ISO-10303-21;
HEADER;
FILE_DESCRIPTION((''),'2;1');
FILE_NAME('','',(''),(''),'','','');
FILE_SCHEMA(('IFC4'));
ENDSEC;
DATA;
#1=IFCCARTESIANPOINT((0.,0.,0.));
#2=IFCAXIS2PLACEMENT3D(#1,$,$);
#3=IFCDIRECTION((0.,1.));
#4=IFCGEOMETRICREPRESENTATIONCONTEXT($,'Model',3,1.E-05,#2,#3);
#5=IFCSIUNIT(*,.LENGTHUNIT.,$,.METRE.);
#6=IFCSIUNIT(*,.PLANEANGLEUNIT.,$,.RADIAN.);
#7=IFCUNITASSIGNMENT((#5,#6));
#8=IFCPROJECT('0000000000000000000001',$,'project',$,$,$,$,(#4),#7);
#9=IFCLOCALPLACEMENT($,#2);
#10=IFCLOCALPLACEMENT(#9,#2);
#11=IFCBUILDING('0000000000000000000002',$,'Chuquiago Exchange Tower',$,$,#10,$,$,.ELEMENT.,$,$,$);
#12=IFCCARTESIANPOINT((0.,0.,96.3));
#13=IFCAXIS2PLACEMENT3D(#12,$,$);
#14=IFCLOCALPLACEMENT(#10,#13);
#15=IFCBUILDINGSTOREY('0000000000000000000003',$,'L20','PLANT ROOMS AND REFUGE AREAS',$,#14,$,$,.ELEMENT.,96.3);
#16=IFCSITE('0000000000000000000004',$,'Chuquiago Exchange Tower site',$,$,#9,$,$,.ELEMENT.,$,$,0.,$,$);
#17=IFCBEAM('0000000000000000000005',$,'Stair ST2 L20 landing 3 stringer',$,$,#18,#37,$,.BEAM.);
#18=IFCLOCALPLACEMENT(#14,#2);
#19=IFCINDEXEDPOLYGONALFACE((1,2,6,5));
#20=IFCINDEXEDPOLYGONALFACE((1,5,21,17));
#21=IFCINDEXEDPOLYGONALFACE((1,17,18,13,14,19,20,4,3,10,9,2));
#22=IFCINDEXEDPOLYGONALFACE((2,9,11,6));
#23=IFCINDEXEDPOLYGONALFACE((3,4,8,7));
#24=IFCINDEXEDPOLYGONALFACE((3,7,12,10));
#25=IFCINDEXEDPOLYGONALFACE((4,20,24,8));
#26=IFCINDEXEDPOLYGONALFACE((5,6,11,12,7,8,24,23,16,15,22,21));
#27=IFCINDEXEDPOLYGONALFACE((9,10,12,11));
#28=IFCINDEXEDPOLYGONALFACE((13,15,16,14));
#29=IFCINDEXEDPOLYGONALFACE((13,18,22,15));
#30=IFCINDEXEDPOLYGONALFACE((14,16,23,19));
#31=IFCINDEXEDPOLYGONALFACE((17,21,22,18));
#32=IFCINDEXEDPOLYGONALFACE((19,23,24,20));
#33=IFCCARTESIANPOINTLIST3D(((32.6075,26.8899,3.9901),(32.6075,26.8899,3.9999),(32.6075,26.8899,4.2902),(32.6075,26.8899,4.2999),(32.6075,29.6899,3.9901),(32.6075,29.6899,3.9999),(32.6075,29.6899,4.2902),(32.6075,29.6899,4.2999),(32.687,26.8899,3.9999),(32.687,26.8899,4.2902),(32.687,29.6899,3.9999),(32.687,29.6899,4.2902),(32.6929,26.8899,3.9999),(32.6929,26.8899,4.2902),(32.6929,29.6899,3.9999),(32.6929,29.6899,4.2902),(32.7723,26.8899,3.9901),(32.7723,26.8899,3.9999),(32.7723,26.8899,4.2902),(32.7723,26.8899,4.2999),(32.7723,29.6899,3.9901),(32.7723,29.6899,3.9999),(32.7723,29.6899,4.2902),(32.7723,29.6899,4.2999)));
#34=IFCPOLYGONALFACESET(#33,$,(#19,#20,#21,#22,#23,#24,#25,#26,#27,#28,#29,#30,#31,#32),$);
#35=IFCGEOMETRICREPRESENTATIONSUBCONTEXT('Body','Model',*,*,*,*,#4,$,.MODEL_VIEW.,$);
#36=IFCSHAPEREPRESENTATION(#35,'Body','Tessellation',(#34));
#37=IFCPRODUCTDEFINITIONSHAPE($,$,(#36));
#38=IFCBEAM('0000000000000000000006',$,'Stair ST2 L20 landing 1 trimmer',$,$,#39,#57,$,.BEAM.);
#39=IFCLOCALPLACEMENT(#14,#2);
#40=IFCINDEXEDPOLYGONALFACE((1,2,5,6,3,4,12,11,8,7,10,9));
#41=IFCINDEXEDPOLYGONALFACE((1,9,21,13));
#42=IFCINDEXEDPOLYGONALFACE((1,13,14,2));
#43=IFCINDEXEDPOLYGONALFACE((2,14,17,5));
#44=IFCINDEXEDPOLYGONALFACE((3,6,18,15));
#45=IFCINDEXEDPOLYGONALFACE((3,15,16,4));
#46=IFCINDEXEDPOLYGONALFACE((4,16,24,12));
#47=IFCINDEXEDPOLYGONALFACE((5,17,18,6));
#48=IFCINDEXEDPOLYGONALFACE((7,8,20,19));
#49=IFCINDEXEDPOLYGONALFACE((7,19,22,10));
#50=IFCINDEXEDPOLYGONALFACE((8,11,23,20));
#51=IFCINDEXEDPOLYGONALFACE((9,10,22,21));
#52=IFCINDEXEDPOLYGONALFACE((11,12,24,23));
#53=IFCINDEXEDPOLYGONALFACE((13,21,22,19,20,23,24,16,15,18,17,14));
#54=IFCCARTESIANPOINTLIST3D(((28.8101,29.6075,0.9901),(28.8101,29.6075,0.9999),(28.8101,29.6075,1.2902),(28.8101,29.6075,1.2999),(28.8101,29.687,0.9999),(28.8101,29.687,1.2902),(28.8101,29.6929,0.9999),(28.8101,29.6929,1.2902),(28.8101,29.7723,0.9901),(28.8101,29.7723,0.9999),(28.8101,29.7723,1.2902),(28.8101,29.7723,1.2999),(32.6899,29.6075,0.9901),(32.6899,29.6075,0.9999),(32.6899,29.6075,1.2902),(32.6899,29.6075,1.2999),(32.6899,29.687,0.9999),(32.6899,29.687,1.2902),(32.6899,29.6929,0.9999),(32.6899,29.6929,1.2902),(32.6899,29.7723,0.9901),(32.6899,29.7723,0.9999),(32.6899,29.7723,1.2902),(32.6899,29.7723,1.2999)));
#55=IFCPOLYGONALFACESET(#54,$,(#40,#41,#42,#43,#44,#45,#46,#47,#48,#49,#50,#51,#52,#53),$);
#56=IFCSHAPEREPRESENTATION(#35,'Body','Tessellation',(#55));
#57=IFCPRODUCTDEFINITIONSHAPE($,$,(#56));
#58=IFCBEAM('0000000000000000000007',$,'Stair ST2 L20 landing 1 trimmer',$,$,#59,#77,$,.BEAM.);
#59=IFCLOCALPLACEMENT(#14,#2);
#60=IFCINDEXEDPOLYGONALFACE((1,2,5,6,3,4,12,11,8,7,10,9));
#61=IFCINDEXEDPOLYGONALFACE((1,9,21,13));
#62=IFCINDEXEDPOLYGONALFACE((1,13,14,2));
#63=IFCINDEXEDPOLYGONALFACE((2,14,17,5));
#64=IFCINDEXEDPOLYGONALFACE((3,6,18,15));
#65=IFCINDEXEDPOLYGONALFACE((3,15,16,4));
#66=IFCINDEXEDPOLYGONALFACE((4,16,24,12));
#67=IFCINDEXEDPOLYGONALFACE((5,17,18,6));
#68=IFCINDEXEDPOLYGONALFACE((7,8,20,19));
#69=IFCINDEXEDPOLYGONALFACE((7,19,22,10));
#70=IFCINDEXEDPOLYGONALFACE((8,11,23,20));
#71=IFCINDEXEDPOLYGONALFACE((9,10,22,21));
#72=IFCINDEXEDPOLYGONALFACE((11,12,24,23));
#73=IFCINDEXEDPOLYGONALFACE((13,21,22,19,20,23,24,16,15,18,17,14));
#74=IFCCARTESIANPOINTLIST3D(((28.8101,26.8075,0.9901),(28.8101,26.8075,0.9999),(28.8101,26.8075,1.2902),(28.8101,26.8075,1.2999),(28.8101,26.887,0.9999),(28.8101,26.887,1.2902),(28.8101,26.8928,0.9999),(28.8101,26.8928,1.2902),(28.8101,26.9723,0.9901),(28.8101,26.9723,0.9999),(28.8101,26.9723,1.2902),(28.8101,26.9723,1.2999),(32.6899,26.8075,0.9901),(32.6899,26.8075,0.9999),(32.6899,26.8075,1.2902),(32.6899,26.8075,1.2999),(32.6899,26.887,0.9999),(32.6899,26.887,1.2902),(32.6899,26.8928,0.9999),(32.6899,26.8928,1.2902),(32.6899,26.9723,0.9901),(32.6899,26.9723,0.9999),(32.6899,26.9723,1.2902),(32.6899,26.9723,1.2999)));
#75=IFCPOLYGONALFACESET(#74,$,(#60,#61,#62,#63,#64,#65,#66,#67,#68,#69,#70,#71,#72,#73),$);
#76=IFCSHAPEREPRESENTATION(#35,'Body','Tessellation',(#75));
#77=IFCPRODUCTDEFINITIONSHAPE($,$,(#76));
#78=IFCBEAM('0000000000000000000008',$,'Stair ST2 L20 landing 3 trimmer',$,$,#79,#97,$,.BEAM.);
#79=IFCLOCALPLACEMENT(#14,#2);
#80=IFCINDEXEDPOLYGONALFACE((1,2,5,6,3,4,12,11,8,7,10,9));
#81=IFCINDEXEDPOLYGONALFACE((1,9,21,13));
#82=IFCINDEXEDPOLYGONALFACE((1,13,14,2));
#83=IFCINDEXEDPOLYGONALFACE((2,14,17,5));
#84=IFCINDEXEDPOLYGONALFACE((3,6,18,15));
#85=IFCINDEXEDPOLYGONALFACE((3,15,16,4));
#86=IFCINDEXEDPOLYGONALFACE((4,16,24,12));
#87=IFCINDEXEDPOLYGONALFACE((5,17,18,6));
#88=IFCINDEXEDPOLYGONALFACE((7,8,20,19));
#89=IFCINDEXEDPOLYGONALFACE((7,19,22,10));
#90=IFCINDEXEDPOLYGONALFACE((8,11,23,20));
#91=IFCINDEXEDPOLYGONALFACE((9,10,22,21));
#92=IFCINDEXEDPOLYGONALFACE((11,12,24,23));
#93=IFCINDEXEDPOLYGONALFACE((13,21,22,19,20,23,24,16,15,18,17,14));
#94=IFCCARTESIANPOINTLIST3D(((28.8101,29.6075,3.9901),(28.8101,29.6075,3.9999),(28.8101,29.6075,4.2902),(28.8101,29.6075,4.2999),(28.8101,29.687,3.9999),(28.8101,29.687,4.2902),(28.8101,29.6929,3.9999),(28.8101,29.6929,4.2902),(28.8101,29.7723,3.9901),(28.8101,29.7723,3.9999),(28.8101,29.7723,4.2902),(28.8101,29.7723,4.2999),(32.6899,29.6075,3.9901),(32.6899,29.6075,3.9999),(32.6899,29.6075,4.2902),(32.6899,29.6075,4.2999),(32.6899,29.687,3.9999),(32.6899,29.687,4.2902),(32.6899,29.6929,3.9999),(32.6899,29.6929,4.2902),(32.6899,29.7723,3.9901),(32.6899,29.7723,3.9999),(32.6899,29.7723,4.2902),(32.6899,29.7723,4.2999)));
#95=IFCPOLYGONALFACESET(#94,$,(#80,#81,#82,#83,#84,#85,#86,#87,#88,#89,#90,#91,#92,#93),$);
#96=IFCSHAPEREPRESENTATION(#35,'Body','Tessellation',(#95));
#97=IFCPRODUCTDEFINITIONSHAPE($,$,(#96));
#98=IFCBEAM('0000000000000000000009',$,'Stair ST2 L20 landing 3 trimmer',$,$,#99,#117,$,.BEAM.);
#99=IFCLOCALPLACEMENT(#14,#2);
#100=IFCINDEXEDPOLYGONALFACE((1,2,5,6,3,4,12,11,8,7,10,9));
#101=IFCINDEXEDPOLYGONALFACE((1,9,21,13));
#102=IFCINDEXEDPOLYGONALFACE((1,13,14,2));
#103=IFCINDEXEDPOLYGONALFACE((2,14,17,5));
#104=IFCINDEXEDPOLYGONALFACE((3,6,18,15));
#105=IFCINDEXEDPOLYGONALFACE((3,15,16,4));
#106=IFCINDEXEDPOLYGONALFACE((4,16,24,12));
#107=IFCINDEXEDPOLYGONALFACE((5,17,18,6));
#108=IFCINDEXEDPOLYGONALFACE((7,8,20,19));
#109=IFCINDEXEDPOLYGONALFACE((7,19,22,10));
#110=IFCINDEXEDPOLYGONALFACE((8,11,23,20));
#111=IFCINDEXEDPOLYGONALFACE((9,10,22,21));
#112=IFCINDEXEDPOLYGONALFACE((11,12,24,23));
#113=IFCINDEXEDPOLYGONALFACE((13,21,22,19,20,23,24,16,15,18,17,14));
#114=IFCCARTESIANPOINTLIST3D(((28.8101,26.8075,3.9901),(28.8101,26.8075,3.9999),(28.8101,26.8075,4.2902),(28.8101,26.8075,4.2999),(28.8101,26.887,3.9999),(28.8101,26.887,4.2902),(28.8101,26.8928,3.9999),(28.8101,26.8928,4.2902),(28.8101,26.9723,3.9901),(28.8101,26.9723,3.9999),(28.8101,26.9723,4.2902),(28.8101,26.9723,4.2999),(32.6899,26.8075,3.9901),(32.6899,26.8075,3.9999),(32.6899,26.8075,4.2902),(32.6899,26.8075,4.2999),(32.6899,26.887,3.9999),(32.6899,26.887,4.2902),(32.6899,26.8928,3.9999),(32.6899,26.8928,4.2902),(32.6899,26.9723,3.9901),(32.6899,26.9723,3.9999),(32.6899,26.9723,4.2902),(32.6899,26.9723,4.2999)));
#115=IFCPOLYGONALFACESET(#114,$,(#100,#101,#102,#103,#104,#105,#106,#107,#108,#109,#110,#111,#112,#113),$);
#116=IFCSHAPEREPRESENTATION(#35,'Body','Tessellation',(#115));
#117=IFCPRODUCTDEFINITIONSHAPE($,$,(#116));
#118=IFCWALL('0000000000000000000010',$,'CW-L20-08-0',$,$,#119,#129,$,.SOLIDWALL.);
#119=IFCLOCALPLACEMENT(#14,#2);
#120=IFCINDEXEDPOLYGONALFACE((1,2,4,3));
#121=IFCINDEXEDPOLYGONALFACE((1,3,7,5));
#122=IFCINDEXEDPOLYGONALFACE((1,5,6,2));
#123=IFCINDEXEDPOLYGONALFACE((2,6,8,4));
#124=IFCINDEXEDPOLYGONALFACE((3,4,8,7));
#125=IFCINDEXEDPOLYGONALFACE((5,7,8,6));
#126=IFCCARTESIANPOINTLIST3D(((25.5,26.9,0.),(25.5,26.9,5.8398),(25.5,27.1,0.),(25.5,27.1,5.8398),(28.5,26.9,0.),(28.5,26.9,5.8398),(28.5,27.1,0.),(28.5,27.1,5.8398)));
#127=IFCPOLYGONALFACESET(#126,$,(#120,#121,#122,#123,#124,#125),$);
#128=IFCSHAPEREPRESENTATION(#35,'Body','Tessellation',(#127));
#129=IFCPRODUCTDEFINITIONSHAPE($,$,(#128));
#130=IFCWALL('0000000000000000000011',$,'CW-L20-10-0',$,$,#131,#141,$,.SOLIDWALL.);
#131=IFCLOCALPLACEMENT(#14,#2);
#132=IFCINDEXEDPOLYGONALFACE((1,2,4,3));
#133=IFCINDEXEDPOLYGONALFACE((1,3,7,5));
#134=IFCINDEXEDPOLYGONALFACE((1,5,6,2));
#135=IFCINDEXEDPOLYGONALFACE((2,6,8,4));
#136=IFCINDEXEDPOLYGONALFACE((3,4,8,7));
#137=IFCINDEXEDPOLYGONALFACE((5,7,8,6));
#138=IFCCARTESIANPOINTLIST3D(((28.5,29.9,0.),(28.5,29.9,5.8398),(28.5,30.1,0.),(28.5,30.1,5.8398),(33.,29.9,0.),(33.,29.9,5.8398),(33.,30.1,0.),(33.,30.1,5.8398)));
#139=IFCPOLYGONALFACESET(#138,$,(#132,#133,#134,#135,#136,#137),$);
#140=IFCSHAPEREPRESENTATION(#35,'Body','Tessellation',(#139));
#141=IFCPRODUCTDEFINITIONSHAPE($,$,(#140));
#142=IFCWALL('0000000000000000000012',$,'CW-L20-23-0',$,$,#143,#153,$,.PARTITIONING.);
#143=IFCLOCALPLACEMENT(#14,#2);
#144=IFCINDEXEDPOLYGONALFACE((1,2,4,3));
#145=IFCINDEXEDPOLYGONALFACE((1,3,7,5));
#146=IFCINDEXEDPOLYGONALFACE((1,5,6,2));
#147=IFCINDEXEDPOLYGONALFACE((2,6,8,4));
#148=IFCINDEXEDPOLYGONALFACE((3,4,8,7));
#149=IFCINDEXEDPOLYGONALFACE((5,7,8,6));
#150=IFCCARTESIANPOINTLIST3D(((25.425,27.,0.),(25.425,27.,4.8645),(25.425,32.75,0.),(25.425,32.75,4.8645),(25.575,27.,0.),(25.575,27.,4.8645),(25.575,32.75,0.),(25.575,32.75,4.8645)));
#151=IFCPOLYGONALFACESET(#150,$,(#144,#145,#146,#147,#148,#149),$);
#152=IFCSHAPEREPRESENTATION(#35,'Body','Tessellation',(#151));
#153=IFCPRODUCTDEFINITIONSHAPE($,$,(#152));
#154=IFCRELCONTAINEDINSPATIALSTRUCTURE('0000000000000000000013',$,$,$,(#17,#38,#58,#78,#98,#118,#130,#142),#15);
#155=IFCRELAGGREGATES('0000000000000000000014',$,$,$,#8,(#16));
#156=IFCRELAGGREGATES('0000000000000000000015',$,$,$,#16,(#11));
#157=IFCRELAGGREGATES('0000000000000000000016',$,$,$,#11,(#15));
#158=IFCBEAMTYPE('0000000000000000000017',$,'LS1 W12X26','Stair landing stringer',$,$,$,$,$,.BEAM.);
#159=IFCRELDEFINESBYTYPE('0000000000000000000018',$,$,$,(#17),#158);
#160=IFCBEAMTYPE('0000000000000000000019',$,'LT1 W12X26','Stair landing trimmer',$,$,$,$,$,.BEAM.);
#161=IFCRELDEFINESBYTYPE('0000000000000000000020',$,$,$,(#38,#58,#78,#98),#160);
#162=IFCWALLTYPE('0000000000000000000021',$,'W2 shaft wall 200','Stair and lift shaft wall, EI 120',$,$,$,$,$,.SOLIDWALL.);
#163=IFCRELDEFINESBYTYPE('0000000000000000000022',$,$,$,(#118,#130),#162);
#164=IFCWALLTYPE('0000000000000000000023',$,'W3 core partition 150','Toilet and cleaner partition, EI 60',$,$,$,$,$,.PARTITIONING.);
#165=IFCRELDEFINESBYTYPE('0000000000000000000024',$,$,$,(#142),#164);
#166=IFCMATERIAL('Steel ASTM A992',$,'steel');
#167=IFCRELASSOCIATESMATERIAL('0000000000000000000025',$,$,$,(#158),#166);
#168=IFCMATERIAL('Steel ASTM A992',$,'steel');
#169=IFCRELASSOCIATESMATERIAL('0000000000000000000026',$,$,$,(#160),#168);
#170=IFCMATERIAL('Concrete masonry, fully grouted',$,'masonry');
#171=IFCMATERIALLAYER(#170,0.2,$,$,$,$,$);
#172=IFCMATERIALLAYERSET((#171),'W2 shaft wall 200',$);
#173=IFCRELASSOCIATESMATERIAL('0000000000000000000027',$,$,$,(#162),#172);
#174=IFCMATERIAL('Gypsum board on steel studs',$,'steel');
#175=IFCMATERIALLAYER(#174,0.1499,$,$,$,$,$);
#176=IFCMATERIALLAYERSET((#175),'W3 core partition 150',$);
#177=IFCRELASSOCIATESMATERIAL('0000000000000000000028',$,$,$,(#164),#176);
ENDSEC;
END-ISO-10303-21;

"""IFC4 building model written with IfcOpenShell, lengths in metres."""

from ifc_helpers import new_model, si_unit, direction, frame, frame_2d, origin, origin_2d, place, context, subcontext, project, spatial, rectangle, i_section, extrude, material, layer, layer_set, material_profile, profile_set, type_object, element, save


model = new_model("IFC4")

# Units and contexts
model_context = context("Model", 3, precision=1e-05, world=origin(), true_north=direction((0.0, 1.0)))
body_context = subcontext(model_context, "Body", "Model", "MODEL_VIEW")
ifc_project = project(units=[si_unit("LENGTHUNIT", "METRE"), si_unit("PLANEANGLEUNIT", "RADIAN")], contexts=[model_context])

# Site, building, storey
site_placement = place(None, origin())
site = spatial("IfcSite", under=ifc_project, at=site_placement, Name="Chuquiago Exchange Tower site", CompositionType="ELEMENT", RefElevation=0.0)
building_placement = place(site_placement, origin())
building = spatial("IfcBuilding", under=site, at=building_placement, Name="Chuquiago Exchange Tower", CompositionType="ELEMENT")
storey_placement = place(building_placement, frame((0.0, 0.0, 96.3)))
storey = spatial("IfcBuildingStorey", under=building, at=storey_placement, Name="L20", Description="PLANT ROOMS AND REFUGE AREAS", CompositionType="ELEMENT", Elevation=96.3)

# Beams
ifc_material_1 = material(Name="Steel ASTM A992", Category="steel")
ifc_material_profile_1 = material_profile(ifc_material_1, i_section(OverallWidth=0.1648, OverallDepth=0.3098, WebThickness=0.0059, FlangeThickness=0.0098, at=origin_2d()), Name="W12X26")
ifc_profile_set_1 = profile_set([ifc_material_profile_1], Name="Steel ASTM A992")
beam_type_1 = type_object("IfcBeamType", Name="LS1 W12X26", Description="Stair landing stringer", PredefinedType="BEAM", material=ifc_profile_set_1)
for number, where, z_axis, x_axis, name in (
    (1, (32.6899, 26.8899, 4.145), (0.0, 1.0, 0.0), (-1.0, 0.0, 0.0), "Stair ST2 L20 landing 3 stringer"),
):
    element("IfcBeam", number, at=place(storey_placement, frame(where, z_axis=z_axis, x_axis=x_axis)), inside=storey, type_object=beam_type_1, Name=name, PredefinedType="BEAM", context=body_context, shape_type="SweptSolid", body=[
        extrude(i_section(OverallWidth=0.1648, OverallDepth=0.3098, WebThickness=0.0059, FlangeThickness=0.0098, at=origin_2d()), origin(), (0.0, 0.0, 1.0), 2.8),
    ])
ifc_material_2 = material(Name="Steel ASTM A992", Category="steel")
ifc_material_profile_2 = material_profile(ifc_material_2, i_section(OverallWidth=0.1648, OverallDepth=0.3098, WebThickness=0.0059, FlangeThickness=0.0098, at=origin_2d()), Name="W12X26")
ifc_profile_set_2 = profile_set([ifc_material_profile_2], Name="Steel ASTM A992")
beam_type_2 = type_object("IfcBeamType", Name="LT1 W12X26", Description="Stair landing trimmer", PredefinedType="BEAM", material=ifc_profile_set_2)
for number, where, z_axis, x_axis, name in (
    (2, (28.8101, 29.6899, 1.145), (1.0, 0.0, 0.0), (0.0, 1.0, 0.0), "Stair ST2 L20 landing 1 trimmer"),
    (3, (28.8101, 26.8899, 1.145), (1.0, 0.0, 0.0), (0.0, 1.0, 0.0), "Stair ST2 L20 landing 1 trimmer"),
    (4, (28.8101, 29.6899, 4.145), (1.0, 0.0, 0.0), (0.0, 1.0, 0.0), "Stair ST2 L20 landing 3 trimmer"),
    (5, (28.8101, 26.8899, 4.145), (1.0, 0.0, 0.0), (0.0, 1.0, 0.0), "Stair ST2 L20 landing 3 trimmer"),
):
    element("IfcBeam", number, at=place(storey_placement, frame(where, z_axis=z_axis, x_axis=x_axis)), inside=storey, type_object=beam_type_2, Name=name, PredefinedType="BEAM", context=body_context, shape_type="SweptSolid", body=[
        extrude(i_section(OverallWidth=0.1648, OverallDepth=0.3098, WebThickness=0.0059, FlangeThickness=0.0098, at=origin_2d()), origin(), (0.0, 0.0, 1.0), 3.8799),
    ])

# Walls
ifc_material_3 = material(Name="Concrete masonry, fully grouted", Category="masonry")
ifc_layer_1 = layer(ifc_material_3, 0.2)
ifc_layer_set_1 = layer_set([ifc_layer_1], Name="W2 shaft wall 200")
wall_type_1 = type_object("IfcWallType", Name="W2 shaft wall 200", Description="Stair and lift shaft wall, EI 120", PredefinedType="SOLIDWALL", material=ifc_layer_set_1)
wall_1_placement = place(storey_placement, frame((25.5, 27.0, 0.0), z_axis=(0.0, 0.0, 1.0), x_axis=(1.0, 0.0, 0.0)))
element("IfcWall", 6, at=wall_1_placement, inside=storey, type_object=wall_type_1, Name="CW-L20-08-0", PredefinedType="SOLIDWALL", context=body_context, shape_type="SweptSolid", body=[
    extrude(rectangle(XDim=3.0, YDim=0.2, at=frame_2d((1.5, 0.0))), origin(), (0.0, 0.0, 1.0), 5.8398),
])
wall_2_placement = place(storey_placement, frame((28.5, 30.0, 0.0), z_axis=(0.0, 0.0, 1.0), x_axis=(1.0, 0.0, 0.0)))
element("IfcWall", 7, at=wall_2_placement, inside=storey, type_object=wall_type_1, Name="CW-L20-10-0", PredefinedType="SOLIDWALL", context=body_context, shape_type="SweptSolid", body=[
    extrude(rectangle(XDim=4.5, YDim=0.2, at=frame_2d((2.25, 0.0))), origin(), (0.0, 0.0, 1.0), 5.8398),
])
ifc_material_4 = material(Name="Gypsum board on steel studs", Category="steel")
ifc_layer_2 = layer(ifc_material_4, 0.1499)
ifc_layer_set_2 = layer_set([ifc_layer_2], Name="W3 core partition 150")
wall_type_2 = type_object("IfcWallType", Name="W3 core partition 150", Description="Toilet and cleaner partition, EI 60", PredefinedType="PARTITIONING", material=ifc_layer_set_2)
wall_3_placement = place(storey_placement, frame((25.5, 27.0, 0.0), z_axis=(0.0, 0.0, 1.0), x_axis=(0.0, 1.0, 0.0)))
element("IfcWall", 8, at=wall_3_placement, inside=storey, type_object=wall_type_2, Name="CW-L20-23-0", PredefinedType="PARTITIONING", context=body_context, shape_type="SweptSolid", body=[
    extrude(rectangle(XDim=5.75, YDim=0.1499, at=frame_2d((2.875, 0.0))), origin(), (0.0, 0.0, 1.0), 4.8645),
])

save(model, "model.ifc")
